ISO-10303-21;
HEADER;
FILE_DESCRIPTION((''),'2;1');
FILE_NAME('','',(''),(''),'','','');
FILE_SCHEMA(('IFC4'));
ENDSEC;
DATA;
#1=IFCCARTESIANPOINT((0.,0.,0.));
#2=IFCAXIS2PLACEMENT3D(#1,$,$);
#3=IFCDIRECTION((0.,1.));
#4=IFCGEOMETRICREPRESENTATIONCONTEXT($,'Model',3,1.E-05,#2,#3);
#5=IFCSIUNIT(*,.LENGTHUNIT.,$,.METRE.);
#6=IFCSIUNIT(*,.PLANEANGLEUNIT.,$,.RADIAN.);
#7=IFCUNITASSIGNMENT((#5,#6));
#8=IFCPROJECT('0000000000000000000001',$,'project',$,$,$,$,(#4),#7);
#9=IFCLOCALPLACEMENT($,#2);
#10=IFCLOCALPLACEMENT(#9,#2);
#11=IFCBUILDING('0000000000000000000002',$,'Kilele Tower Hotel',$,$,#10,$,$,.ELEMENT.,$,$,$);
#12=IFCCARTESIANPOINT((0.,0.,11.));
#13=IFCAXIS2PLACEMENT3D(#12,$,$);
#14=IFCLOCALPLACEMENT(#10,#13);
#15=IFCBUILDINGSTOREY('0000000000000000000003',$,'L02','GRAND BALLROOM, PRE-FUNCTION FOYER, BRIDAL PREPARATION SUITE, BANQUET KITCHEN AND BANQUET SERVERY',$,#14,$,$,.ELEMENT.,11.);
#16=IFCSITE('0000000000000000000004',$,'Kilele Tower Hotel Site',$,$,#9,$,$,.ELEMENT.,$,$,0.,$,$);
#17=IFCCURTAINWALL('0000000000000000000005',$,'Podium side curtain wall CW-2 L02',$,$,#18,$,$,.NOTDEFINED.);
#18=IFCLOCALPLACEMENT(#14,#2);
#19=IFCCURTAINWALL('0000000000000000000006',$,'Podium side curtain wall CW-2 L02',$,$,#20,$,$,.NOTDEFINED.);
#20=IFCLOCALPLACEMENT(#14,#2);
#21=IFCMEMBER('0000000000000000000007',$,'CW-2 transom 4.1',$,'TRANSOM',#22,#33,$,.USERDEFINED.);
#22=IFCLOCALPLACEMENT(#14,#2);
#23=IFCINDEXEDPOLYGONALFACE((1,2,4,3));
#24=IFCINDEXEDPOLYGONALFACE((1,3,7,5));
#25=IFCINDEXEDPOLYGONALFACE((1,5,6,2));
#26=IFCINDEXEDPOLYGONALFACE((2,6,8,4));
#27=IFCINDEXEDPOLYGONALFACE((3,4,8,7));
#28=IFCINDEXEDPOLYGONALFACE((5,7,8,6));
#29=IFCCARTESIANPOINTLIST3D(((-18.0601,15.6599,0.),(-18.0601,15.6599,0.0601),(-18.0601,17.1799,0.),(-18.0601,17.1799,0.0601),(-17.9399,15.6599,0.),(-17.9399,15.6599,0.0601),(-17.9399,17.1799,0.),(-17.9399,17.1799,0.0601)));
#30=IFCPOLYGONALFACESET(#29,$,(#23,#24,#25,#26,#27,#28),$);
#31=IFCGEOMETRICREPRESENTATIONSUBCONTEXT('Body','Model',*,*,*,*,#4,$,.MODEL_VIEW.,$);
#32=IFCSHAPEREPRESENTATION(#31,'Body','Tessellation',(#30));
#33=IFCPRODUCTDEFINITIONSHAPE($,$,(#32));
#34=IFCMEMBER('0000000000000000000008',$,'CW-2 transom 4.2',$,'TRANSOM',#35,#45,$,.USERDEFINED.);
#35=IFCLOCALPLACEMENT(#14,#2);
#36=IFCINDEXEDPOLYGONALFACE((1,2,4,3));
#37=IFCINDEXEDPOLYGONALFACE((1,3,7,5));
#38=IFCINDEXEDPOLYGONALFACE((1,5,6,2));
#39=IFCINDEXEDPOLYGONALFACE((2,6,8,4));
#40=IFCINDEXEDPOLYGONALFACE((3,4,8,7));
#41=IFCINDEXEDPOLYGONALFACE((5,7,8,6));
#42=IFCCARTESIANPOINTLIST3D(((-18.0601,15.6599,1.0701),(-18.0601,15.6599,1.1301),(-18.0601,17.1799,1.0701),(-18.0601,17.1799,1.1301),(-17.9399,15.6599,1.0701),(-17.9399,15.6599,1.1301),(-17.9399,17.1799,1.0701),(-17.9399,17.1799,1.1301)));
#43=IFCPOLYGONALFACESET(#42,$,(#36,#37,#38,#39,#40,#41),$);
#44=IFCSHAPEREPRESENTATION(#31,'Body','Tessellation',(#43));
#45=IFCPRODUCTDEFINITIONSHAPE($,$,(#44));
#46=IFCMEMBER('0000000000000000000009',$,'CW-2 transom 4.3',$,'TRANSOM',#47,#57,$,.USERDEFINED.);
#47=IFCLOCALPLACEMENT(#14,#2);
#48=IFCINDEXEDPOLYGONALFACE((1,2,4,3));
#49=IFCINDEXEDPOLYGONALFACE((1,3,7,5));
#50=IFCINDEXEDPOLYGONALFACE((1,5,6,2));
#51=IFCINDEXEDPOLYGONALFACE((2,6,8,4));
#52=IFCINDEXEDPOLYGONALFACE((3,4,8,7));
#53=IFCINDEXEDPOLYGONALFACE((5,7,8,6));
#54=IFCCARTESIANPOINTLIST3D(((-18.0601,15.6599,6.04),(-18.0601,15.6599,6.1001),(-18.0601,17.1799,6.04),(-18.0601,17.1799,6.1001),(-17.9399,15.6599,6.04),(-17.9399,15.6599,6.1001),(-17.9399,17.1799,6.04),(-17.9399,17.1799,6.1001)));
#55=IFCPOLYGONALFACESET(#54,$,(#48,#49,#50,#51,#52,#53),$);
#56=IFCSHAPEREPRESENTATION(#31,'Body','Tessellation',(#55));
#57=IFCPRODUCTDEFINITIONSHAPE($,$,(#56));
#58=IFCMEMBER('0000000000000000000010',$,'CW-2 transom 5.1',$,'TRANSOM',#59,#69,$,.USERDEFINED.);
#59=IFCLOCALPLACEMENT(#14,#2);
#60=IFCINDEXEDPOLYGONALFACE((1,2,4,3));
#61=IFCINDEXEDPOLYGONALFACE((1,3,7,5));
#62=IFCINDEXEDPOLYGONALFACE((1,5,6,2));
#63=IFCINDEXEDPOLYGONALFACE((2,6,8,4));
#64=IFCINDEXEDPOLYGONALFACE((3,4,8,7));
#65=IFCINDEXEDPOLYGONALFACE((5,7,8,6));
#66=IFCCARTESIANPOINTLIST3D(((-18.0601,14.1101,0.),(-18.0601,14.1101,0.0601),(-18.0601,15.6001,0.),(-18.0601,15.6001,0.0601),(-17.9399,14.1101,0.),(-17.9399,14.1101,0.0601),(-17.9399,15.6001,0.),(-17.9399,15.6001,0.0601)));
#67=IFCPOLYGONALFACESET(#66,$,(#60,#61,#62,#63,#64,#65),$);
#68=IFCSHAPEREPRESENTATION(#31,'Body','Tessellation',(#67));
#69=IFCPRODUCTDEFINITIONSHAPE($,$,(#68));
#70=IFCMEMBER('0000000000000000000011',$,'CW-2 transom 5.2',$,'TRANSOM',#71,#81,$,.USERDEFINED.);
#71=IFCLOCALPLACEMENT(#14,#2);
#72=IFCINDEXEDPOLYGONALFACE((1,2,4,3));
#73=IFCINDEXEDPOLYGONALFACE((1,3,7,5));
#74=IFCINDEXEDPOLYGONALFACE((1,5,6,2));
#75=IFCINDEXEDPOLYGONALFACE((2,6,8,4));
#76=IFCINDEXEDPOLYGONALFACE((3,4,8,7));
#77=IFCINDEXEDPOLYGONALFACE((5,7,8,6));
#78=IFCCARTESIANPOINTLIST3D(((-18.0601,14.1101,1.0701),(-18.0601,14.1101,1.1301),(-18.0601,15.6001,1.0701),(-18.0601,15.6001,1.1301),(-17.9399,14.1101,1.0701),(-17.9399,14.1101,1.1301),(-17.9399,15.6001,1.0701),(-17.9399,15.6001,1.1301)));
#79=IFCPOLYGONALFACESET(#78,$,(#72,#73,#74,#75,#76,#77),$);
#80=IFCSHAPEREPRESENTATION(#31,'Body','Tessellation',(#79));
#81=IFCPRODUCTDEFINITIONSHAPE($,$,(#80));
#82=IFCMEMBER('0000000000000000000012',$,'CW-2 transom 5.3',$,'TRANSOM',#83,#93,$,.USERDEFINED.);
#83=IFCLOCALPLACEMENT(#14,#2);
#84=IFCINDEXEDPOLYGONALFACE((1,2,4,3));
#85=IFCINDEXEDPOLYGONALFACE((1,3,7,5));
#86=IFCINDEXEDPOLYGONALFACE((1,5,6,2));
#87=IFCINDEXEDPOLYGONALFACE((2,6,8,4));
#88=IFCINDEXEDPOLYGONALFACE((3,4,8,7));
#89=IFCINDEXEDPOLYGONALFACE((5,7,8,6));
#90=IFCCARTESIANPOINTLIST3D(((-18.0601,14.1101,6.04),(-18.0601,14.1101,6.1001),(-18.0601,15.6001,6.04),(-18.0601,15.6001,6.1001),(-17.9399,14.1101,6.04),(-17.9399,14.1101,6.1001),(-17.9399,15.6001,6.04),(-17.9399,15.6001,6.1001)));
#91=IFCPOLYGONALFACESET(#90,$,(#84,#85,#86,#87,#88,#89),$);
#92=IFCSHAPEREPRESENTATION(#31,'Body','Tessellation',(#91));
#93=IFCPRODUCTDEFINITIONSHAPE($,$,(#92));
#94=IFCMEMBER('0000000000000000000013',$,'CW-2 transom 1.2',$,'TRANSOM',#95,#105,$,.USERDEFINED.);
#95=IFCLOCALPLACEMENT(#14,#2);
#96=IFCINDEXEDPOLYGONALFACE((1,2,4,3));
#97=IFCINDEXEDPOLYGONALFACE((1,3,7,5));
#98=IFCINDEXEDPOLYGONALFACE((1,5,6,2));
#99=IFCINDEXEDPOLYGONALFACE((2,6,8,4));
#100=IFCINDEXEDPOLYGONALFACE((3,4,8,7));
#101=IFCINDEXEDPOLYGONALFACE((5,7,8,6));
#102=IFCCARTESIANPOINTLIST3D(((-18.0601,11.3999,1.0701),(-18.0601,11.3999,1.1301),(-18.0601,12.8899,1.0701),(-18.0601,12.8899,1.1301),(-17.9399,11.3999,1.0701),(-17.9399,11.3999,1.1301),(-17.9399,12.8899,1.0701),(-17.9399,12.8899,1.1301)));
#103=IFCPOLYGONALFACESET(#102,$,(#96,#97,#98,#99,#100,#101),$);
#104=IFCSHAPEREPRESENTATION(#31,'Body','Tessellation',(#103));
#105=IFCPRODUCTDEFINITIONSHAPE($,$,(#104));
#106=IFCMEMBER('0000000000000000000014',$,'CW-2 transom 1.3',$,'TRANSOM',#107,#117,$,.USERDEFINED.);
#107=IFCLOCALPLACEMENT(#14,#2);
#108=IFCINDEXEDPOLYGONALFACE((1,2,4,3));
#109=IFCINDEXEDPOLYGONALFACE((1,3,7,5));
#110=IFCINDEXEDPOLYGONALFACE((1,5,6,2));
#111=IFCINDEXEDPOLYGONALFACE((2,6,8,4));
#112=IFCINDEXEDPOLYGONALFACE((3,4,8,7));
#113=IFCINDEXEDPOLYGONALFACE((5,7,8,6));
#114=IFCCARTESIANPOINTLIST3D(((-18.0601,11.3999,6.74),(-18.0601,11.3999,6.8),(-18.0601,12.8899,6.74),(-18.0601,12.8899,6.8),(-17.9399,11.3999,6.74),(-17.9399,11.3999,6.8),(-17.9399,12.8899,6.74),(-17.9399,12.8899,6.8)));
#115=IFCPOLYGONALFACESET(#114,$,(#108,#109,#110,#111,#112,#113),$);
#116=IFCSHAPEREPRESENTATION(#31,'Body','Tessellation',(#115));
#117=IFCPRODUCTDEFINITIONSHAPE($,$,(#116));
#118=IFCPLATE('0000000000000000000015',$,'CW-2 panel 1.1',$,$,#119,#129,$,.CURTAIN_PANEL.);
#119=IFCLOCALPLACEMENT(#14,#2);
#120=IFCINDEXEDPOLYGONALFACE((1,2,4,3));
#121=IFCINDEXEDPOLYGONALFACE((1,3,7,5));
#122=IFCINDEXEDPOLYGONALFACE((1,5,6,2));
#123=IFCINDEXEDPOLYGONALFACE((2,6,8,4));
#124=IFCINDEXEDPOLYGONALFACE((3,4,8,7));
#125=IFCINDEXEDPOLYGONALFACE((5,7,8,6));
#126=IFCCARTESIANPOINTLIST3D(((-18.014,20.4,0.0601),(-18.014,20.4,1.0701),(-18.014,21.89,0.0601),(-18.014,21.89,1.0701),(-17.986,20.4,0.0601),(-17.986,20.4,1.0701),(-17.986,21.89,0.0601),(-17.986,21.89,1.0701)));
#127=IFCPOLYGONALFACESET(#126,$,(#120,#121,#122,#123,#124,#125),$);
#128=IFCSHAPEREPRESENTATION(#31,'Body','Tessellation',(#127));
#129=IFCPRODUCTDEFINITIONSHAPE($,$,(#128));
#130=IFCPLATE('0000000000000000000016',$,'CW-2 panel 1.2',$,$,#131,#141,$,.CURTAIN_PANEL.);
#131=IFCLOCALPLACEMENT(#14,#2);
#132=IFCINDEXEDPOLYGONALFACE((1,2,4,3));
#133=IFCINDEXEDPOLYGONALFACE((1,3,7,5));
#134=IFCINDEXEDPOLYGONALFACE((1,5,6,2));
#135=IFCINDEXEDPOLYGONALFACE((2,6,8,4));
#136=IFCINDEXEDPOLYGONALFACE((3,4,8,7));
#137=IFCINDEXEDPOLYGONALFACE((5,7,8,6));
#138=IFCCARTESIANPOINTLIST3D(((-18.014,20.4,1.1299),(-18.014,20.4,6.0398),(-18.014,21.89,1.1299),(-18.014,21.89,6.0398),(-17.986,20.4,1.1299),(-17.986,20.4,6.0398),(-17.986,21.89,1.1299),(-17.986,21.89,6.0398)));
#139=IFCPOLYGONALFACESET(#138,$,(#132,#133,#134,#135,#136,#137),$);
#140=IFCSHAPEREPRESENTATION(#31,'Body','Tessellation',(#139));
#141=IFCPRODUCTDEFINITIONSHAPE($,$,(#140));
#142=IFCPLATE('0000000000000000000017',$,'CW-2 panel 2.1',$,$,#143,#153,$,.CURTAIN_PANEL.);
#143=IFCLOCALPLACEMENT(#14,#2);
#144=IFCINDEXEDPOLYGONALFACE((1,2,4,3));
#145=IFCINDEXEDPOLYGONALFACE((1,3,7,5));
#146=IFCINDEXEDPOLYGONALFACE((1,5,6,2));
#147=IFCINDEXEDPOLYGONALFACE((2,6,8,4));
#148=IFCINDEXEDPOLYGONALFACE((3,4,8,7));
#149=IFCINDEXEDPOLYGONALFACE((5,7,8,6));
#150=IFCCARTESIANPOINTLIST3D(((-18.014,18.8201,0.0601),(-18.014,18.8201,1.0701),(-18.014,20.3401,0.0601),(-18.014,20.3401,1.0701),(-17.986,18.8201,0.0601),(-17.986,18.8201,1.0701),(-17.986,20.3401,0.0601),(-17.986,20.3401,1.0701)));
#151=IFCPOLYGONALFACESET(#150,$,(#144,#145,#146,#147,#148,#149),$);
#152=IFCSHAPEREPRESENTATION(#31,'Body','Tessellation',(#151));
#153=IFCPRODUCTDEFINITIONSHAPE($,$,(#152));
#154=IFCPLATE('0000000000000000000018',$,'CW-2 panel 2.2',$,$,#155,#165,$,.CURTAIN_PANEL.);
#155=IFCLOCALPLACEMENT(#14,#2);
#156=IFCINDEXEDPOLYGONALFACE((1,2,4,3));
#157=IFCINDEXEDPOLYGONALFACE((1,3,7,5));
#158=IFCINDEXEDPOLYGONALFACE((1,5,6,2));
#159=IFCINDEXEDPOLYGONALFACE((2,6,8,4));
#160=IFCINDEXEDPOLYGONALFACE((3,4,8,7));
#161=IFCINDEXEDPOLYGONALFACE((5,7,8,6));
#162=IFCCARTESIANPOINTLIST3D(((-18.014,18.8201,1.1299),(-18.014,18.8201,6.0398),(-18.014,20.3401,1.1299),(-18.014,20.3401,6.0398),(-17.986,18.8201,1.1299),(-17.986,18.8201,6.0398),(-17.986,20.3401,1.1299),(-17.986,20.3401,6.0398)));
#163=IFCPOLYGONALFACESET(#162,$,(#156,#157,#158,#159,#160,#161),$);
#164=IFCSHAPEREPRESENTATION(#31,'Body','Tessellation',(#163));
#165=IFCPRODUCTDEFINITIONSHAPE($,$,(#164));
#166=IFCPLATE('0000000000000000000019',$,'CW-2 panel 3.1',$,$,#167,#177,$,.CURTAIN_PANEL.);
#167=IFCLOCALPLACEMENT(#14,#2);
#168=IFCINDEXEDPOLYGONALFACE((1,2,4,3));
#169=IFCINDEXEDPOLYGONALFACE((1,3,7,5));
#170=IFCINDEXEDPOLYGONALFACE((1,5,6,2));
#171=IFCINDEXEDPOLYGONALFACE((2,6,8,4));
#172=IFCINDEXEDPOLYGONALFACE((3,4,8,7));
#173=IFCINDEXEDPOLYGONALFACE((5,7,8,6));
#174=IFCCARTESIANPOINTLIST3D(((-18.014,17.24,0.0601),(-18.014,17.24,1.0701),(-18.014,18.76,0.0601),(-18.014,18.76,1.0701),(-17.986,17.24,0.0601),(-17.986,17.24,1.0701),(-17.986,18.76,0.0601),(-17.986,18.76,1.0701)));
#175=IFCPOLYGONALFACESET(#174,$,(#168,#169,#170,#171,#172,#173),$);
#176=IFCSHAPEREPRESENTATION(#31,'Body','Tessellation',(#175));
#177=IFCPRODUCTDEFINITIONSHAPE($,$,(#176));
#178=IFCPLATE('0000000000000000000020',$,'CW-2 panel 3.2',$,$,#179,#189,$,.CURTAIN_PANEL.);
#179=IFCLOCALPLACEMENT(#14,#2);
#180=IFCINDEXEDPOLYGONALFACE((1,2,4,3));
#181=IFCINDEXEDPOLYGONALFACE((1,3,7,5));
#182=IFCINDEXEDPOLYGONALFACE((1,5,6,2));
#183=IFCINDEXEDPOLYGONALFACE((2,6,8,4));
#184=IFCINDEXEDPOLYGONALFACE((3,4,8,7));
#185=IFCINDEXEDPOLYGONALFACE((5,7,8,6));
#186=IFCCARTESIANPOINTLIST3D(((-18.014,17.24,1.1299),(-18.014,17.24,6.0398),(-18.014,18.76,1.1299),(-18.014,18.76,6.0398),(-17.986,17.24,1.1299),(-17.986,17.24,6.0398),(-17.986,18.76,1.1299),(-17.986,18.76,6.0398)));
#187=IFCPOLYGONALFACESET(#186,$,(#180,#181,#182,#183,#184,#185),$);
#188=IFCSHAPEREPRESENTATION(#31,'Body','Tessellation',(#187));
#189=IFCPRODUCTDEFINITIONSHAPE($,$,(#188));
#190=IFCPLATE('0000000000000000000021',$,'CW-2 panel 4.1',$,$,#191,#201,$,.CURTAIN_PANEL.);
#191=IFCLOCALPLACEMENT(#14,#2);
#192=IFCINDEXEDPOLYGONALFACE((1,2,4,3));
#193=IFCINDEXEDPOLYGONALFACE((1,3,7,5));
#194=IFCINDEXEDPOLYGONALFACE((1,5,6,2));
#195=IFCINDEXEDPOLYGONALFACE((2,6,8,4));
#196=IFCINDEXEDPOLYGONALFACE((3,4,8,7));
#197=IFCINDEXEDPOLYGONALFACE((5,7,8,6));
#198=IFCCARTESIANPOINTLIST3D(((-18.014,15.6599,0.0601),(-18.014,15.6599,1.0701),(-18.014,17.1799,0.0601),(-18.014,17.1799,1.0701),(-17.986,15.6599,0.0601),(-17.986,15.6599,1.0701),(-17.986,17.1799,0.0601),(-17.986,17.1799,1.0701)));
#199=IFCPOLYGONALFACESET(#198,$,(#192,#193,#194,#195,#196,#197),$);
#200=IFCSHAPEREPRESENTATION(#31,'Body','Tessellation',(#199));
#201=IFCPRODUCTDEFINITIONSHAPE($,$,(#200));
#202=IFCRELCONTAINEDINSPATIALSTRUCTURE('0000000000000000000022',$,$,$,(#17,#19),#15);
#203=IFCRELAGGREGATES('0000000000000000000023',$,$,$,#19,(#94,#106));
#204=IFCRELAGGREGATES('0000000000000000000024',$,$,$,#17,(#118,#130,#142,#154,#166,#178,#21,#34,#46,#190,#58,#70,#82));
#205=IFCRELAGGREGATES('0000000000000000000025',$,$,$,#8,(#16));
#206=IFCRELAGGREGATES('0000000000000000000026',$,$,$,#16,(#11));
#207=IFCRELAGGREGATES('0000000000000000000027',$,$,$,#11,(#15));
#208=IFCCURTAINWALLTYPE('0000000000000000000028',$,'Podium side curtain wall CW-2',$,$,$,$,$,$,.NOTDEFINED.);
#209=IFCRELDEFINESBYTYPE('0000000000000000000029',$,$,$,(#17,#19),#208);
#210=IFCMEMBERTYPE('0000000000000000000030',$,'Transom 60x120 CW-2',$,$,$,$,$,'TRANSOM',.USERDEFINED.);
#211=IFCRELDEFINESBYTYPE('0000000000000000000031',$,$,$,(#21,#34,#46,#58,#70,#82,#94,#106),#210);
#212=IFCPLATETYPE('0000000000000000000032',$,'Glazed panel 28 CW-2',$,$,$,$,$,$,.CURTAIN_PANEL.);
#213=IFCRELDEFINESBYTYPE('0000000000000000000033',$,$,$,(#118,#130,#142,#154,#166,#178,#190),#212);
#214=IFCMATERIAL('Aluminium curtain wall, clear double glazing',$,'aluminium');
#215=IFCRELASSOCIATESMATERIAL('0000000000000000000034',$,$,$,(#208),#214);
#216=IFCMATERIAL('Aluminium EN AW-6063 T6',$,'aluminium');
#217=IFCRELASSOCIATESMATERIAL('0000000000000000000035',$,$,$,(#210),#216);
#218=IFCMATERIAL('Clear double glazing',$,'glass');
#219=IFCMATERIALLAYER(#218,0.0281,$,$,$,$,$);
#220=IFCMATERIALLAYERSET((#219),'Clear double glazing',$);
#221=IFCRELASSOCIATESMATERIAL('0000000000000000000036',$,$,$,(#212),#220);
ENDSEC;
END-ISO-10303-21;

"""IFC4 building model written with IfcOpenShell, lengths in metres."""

from ifc_helpers import new_model, si_unit, direction, frame, origin, origin_2d, place, context, subcontext, project, spatial, rectangle, extrude, material, layer, layer_set, material_profile, profile_set, type_object, element, aggregate, save


model = new_model("IFC4")

# Units and contexts
model_context = context("Model", 3, precision=1e-05, world=origin(), true_north=direction((0.0, 1.0)))
body_context = subcontext(model_context, "Body", "Model", "MODEL_VIEW")
ifc_project = project(units=[si_unit("LENGTHUNIT", "METRE"), si_unit("PLANEANGLEUNIT", "RADIAN")], contexts=[model_context])

# Site, building, storey
site_placement = place(None, origin())
site = spatial("IfcSite", under=ifc_project, at=site_placement, Name="Kilele Tower Hotel Site", CompositionType="ELEMENT", RefElevation=0.0)
building_placement = place(site_placement, origin())
building = spatial("IfcBuilding", under=site, at=building_placement, Name="Kilele Tower Hotel", CompositionType="ELEMENT")
storey_placement = place(building_placement, frame((0.0, 0.0, 11.0)))
storey = spatial("IfcBuildingStorey", under=building, at=storey_placement, Name="L02", Description="GRAND BALLROOM, PRE-FUNCTION FOYER, BRIDAL PREPARATION SUITE, BANQUET KITCHEN AND BANQUET SERVERY", CompositionType="ELEMENT", Elevation=11.0)

# Curtain wall
ifc_material_1 = material(Name="Aluminium curtain wall, clear double glazing", Category="aluminium")
curtain_wall_type = type_object("IfcCurtainWallType", Name="Podium side curtain wall CW-2", PredefinedType="NOTDEFINED", material=ifc_material_1)
curtain_wall_1_placement = place(storey_placement, origin())
curtain_wall_1 = element("IfcCurtainWall", 1, at=curtain_wall_1_placement, inside=storey, type_object=curtain_wall_type, Name="Podium side curtain wall CW-2 L02", PredefinedType="NOTDEFINED")

# Curtain wall
curtain_wall_2_placement = place(storey_placement, origin())
curtain_wall_2 = element("IfcCurtainWall", 2, at=curtain_wall_2_placement, inside=storey, type_object=curtain_wall_type, Name="Podium side curtain wall CW-2 L02", PredefinedType="NOTDEFINED")

# Members
ifc_material_2 = material(Name="Aluminium EN AW-6063 T6", Category="aluminium")
ifc_material_profile_1 = material_profile(ifc_material_2, rectangle(XDim=0.1201, YDim=0.0601, at=origin_2d()))
ifc_profile_set_1 = profile_set([ifc_material_profile_1], Name="Aluminium EN AW-6063 T6")
member_type_1 = type_object("IfcMemberType", Name="Transom 60x120 CW-2", ElementType="TRANSOM", PredefinedType="USERDEFINED", material=ifc_profile_set_1)
member_1_placement = place(storey_placement, frame((-18.0, 17.1799, 0.03), z_axis=(0.0, -1.0, 0.0), x_axis=(1.0, 0.0, 0.0)))
member_1 = element("IfcMember", 3, at=member_1_placement, type_object=member_type_1, Name="CW-2 transom 4.1", ObjectType="TRANSOM", PredefinedType="USERDEFINED", context=body_context, shape_type="SweptSolid", body=[
    extrude(rectangle(XDim=0.1201, YDim=0.0601, at=origin_2d()), origin(), (0.0, 0.0, 1.0), 1.52),
])
member_2_placement = place(storey_placement, frame((-18.0, 17.1799, 1.1001), z_axis=(0.0, -1.0, 0.0), x_axis=(1.0, 0.0, 0.0)))
member_2 = element("IfcMember", 4, at=member_2_placement, type_object=member_type_1, Name="CW-2 transom 4.2", ObjectType="TRANSOM", PredefinedType="USERDEFINED", context=body_context, shape_type="SweptSolid", body=[
    extrude(rectangle(XDim=0.1201, YDim=0.0601, at=origin_2d()), origin(), (0.0, 0.0, 1.0), 1.52),
])
member_3_placement = place(storey_placement, frame((-18.0, 17.1799, 6.0701), z_axis=(0.0, -1.0, 0.0), x_axis=(1.0, 0.0, 0.0)))
member_3 = element("IfcMember", 5, at=member_3_placement, type_object=member_type_1, Name="CW-2 transom 4.3", ObjectType="TRANSOM", PredefinedType="USERDEFINED", context=body_context, shape_type="SweptSolid", body=[
    extrude(rectangle(XDim=0.1201, YDim=0.0601, at=origin_2d()), origin(), (0.0, 0.0, 1.0), 1.52),
])
member_4_placement = place(storey_placement, frame((-18.0, 15.6001, 0.03), z_axis=(0.0, -1.0, 0.0), x_axis=(1.0, 0.0, 0.0)))
member_4 = element("IfcMember", 6, at=member_4_placement, type_object=member_type_1, Name="CW-2 transom 5.1", ObjectType="TRANSOM", PredefinedType="USERDEFINED", context=body_context, shape_type="SweptSolid", body=[
    extrude(rectangle(XDim=0.1201, YDim=0.0601, at=origin_2d()), origin(), (0.0, 0.0, 1.0), 1.49),
])
member_5_placement = place(storey_placement, frame((-18.0, 15.6001, 1.1001), z_axis=(0.0, -1.0, 0.0), x_axis=(1.0, 0.0, 0.0)))
member_5 = element("IfcMember", 7, at=member_5_placement, type_object=member_type_1, Name="CW-2 transom 5.2", ObjectType="TRANSOM", PredefinedType="USERDEFINED", context=body_context, shape_type="SweptSolid", body=[
    extrude(rectangle(XDim=0.1201, YDim=0.0601, at=origin_2d()), origin(), (0.0, 0.0, 1.0), 1.49),
])
member_6_placement = place(storey_placement, frame((-18.0, 15.6001, 6.0701), z_axis=(0.0, -1.0, 0.0), x_axis=(1.0, 0.0, 0.0)))
member_6 = element("IfcMember", 8, at=member_6_placement, type_object=member_type_1, Name="CW-2 transom 5.3", ObjectType="TRANSOM", PredefinedType="USERDEFINED", context=body_context, shape_type="SweptSolid", body=[
    extrude(rectangle(XDim=0.1201, YDim=0.0601, at=origin_2d()), origin(), (0.0, 0.0, 1.0), 1.49),
])
member_7_placement = place(storey_placement, frame((-18.0, 12.8899, 1.1001), z_axis=(0.0, -1.0, 0.0), x_axis=(1.0, 0.0, 0.0)))
member_7 = element("IfcMember", 9, at=member_7_placement, type_object=member_type_1, Name="CW-2 transom 1.2", ObjectType="TRANSOM", PredefinedType="USERDEFINED", context=body_context, shape_type="SweptSolid", body=[
    extrude(rectangle(XDim=0.1201, YDim=0.0601, at=origin_2d()), origin(), (0.0, 0.0, 1.0), 1.49),
])
member_8_placement = place(storey_placement, frame((-18.0, 12.8899, 6.77), z_axis=(0.0, -1.0, 0.0), x_axis=(1.0, 0.0, 0.0)))
member_8 = element("IfcMember", 10, at=member_8_placement, type_object=member_type_1, Name="CW-2 transom 1.3", ObjectType="TRANSOM", PredefinedType="USERDEFINED", context=body_context, shape_type="SweptSolid", body=[
    extrude(rectangle(XDim=0.1201, YDim=0.0601, at=origin_2d()), origin(), (0.0, 0.0, 1.0), 1.49),
])
aggregate(curtain_wall_2, [member_7, member_8])

# Plates
ifc_material_3 = material(Name="Clear double glazing", Category="glass")
ifc_layer = layer(ifc_material_3, 0.0281)
ifc_layer_set = layer_set([ifc_layer], Name="Clear double glazing")
plate_type = type_object("IfcPlateType", Name="Glazed panel 28 CW-2", PredefinedType="CURTAIN_PANEL", material=ifc_layer_set)
plate_1_placement = place(storey_placement, frame((-18.0, 21.145, 0.0601), z_axis=(0.0, 0.0, 1.0), x_axis=(0.0, -1.0, 0.0)))
plate_1 = element("IfcPlate", 11, at=plate_1_placement, type_object=plate_type, Name="CW-2 panel 1.1", PredefinedType="CURTAIN_PANEL", context=body_context, shape_type="SweptSolid", body=[
    extrude(rectangle(XDim=1.49, YDim=0.0281, at=origin_2d()), origin(), (0.0, 0.0, 1.0), 1.01),
])
plate_2_placement = place(storey_placement, frame((-18.0, 21.145, 1.1299), z_axis=(0.0, 0.0, 1.0), x_axis=(0.0, -1.0, 0.0)))
plate_2 = element("IfcPlate", 12, at=plate_2_placement, type_object=plate_type, Name="CW-2 panel 1.2", PredefinedType="CURTAIN_PANEL", context=body_context, shape_type="SweptSolid", body=[
    extrude(rectangle(XDim=1.49, YDim=0.0281, at=origin_2d()), origin(), (0.0, 0.0, 1.0), 4.9099),
])
plate_3_placement = place(storey_placement, frame((-18.0, 19.5801, 0.0601), z_axis=(0.0, 0.0, 1.0), x_axis=(0.0, -1.0, 0.0)))
plate_3 = element("IfcPlate", 13, at=plate_3_placement, type_object=plate_type, Name="CW-2 panel 2.1", PredefinedType="CURTAIN_PANEL", context=body_context, shape_type="SweptSolid", body=[
    extrude(rectangle(XDim=1.52, YDim=0.0281, at=origin_2d()), origin(), (0.0, 0.0, 1.0), 1.01),
])
plate_4_placement = place(storey_placement, frame((-18.0, 19.5801, 1.1299), z_axis=(0.0, 0.0, 1.0), x_axis=(0.0, -1.0, 0.0)))
plate_4 = element("IfcPlate", 14, at=plate_4_placement, type_object=plate_type, Name="CW-2 panel 2.2", PredefinedType="CURTAIN_PANEL", context=body_context, shape_type="SweptSolid", body=[
    extrude(rectangle(XDim=1.52, YDim=0.0281, at=origin_2d()), origin(), (0.0, 0.0, 1.0), 4.9099),
])
plate_5_placement = place(storey_placement, frame((-18.0, 18.0, 0.0601), z_axis=(0.0, 0.0, 1.0), x_axis=(0.0, -1.0, 0.0)))
plate_5 = element("IfcPlate", 15, at=plate_5_placement, type_object=plate_type, Name="CW-2 panel 3.1", PredefinedType="CURTAIN_PANEL", context=body_context, shape_type="SweptSolid", body=[
    extrude(rectangle(XDim=1.52, YDim=0.0281, at=origin_2d()), origin(), (0.0, 0.0, 1.0), 1.01),
])
plate_6_placement = place(storey_placement, frame((-18.0, 18.0, 1.1299), z_axis=(0.0, 0.0, 1.0), x_axis=(0.0, -1.0, 0.0)))
plate_6 = element("IfcPlate", 16, at=plate_6_placement, type_object=plate_type, Name="CW-2 panel 3.2", PredefinedType="CURTAIN_PANEL", context=body_context, shape_type="SweptSolid", body=[
    extrude(rectangle(XDim=1.52, YDim=0.0281, at=origin_2d()), origin(), (0.0, 0.0, 1.0), 4.9099),
])
plate_7_placement = place(storey_placement, frame((-18.0, 16.4199, 0.0601), z_axis=(0.0, 0.0, 1.0), x_axis=(0.0, -1.0, 0.0)))
plate_7 = element("IfcPlate", 17, at=plate_7_placement, type_object=plate_type, Name="CW-2 panel 4.1", PredefinedType="CURTAIN_PANEL", context=body_context, shape_type="SweptSolid", body=[
    extrude(rectangle(XDim=1.52, YDim=0.0281, at=origin_2d()), origin(), (0.0, 0.0, 1.0), 1.01),
])
aggregate(curtain_wall_1, [plate_1, plate_2, plate_3, plate_4, plate_5, plate_6, member_1, member_2, member_3, plate_7, member_4, member_5, member_6])

save(model, "model.ifc")
